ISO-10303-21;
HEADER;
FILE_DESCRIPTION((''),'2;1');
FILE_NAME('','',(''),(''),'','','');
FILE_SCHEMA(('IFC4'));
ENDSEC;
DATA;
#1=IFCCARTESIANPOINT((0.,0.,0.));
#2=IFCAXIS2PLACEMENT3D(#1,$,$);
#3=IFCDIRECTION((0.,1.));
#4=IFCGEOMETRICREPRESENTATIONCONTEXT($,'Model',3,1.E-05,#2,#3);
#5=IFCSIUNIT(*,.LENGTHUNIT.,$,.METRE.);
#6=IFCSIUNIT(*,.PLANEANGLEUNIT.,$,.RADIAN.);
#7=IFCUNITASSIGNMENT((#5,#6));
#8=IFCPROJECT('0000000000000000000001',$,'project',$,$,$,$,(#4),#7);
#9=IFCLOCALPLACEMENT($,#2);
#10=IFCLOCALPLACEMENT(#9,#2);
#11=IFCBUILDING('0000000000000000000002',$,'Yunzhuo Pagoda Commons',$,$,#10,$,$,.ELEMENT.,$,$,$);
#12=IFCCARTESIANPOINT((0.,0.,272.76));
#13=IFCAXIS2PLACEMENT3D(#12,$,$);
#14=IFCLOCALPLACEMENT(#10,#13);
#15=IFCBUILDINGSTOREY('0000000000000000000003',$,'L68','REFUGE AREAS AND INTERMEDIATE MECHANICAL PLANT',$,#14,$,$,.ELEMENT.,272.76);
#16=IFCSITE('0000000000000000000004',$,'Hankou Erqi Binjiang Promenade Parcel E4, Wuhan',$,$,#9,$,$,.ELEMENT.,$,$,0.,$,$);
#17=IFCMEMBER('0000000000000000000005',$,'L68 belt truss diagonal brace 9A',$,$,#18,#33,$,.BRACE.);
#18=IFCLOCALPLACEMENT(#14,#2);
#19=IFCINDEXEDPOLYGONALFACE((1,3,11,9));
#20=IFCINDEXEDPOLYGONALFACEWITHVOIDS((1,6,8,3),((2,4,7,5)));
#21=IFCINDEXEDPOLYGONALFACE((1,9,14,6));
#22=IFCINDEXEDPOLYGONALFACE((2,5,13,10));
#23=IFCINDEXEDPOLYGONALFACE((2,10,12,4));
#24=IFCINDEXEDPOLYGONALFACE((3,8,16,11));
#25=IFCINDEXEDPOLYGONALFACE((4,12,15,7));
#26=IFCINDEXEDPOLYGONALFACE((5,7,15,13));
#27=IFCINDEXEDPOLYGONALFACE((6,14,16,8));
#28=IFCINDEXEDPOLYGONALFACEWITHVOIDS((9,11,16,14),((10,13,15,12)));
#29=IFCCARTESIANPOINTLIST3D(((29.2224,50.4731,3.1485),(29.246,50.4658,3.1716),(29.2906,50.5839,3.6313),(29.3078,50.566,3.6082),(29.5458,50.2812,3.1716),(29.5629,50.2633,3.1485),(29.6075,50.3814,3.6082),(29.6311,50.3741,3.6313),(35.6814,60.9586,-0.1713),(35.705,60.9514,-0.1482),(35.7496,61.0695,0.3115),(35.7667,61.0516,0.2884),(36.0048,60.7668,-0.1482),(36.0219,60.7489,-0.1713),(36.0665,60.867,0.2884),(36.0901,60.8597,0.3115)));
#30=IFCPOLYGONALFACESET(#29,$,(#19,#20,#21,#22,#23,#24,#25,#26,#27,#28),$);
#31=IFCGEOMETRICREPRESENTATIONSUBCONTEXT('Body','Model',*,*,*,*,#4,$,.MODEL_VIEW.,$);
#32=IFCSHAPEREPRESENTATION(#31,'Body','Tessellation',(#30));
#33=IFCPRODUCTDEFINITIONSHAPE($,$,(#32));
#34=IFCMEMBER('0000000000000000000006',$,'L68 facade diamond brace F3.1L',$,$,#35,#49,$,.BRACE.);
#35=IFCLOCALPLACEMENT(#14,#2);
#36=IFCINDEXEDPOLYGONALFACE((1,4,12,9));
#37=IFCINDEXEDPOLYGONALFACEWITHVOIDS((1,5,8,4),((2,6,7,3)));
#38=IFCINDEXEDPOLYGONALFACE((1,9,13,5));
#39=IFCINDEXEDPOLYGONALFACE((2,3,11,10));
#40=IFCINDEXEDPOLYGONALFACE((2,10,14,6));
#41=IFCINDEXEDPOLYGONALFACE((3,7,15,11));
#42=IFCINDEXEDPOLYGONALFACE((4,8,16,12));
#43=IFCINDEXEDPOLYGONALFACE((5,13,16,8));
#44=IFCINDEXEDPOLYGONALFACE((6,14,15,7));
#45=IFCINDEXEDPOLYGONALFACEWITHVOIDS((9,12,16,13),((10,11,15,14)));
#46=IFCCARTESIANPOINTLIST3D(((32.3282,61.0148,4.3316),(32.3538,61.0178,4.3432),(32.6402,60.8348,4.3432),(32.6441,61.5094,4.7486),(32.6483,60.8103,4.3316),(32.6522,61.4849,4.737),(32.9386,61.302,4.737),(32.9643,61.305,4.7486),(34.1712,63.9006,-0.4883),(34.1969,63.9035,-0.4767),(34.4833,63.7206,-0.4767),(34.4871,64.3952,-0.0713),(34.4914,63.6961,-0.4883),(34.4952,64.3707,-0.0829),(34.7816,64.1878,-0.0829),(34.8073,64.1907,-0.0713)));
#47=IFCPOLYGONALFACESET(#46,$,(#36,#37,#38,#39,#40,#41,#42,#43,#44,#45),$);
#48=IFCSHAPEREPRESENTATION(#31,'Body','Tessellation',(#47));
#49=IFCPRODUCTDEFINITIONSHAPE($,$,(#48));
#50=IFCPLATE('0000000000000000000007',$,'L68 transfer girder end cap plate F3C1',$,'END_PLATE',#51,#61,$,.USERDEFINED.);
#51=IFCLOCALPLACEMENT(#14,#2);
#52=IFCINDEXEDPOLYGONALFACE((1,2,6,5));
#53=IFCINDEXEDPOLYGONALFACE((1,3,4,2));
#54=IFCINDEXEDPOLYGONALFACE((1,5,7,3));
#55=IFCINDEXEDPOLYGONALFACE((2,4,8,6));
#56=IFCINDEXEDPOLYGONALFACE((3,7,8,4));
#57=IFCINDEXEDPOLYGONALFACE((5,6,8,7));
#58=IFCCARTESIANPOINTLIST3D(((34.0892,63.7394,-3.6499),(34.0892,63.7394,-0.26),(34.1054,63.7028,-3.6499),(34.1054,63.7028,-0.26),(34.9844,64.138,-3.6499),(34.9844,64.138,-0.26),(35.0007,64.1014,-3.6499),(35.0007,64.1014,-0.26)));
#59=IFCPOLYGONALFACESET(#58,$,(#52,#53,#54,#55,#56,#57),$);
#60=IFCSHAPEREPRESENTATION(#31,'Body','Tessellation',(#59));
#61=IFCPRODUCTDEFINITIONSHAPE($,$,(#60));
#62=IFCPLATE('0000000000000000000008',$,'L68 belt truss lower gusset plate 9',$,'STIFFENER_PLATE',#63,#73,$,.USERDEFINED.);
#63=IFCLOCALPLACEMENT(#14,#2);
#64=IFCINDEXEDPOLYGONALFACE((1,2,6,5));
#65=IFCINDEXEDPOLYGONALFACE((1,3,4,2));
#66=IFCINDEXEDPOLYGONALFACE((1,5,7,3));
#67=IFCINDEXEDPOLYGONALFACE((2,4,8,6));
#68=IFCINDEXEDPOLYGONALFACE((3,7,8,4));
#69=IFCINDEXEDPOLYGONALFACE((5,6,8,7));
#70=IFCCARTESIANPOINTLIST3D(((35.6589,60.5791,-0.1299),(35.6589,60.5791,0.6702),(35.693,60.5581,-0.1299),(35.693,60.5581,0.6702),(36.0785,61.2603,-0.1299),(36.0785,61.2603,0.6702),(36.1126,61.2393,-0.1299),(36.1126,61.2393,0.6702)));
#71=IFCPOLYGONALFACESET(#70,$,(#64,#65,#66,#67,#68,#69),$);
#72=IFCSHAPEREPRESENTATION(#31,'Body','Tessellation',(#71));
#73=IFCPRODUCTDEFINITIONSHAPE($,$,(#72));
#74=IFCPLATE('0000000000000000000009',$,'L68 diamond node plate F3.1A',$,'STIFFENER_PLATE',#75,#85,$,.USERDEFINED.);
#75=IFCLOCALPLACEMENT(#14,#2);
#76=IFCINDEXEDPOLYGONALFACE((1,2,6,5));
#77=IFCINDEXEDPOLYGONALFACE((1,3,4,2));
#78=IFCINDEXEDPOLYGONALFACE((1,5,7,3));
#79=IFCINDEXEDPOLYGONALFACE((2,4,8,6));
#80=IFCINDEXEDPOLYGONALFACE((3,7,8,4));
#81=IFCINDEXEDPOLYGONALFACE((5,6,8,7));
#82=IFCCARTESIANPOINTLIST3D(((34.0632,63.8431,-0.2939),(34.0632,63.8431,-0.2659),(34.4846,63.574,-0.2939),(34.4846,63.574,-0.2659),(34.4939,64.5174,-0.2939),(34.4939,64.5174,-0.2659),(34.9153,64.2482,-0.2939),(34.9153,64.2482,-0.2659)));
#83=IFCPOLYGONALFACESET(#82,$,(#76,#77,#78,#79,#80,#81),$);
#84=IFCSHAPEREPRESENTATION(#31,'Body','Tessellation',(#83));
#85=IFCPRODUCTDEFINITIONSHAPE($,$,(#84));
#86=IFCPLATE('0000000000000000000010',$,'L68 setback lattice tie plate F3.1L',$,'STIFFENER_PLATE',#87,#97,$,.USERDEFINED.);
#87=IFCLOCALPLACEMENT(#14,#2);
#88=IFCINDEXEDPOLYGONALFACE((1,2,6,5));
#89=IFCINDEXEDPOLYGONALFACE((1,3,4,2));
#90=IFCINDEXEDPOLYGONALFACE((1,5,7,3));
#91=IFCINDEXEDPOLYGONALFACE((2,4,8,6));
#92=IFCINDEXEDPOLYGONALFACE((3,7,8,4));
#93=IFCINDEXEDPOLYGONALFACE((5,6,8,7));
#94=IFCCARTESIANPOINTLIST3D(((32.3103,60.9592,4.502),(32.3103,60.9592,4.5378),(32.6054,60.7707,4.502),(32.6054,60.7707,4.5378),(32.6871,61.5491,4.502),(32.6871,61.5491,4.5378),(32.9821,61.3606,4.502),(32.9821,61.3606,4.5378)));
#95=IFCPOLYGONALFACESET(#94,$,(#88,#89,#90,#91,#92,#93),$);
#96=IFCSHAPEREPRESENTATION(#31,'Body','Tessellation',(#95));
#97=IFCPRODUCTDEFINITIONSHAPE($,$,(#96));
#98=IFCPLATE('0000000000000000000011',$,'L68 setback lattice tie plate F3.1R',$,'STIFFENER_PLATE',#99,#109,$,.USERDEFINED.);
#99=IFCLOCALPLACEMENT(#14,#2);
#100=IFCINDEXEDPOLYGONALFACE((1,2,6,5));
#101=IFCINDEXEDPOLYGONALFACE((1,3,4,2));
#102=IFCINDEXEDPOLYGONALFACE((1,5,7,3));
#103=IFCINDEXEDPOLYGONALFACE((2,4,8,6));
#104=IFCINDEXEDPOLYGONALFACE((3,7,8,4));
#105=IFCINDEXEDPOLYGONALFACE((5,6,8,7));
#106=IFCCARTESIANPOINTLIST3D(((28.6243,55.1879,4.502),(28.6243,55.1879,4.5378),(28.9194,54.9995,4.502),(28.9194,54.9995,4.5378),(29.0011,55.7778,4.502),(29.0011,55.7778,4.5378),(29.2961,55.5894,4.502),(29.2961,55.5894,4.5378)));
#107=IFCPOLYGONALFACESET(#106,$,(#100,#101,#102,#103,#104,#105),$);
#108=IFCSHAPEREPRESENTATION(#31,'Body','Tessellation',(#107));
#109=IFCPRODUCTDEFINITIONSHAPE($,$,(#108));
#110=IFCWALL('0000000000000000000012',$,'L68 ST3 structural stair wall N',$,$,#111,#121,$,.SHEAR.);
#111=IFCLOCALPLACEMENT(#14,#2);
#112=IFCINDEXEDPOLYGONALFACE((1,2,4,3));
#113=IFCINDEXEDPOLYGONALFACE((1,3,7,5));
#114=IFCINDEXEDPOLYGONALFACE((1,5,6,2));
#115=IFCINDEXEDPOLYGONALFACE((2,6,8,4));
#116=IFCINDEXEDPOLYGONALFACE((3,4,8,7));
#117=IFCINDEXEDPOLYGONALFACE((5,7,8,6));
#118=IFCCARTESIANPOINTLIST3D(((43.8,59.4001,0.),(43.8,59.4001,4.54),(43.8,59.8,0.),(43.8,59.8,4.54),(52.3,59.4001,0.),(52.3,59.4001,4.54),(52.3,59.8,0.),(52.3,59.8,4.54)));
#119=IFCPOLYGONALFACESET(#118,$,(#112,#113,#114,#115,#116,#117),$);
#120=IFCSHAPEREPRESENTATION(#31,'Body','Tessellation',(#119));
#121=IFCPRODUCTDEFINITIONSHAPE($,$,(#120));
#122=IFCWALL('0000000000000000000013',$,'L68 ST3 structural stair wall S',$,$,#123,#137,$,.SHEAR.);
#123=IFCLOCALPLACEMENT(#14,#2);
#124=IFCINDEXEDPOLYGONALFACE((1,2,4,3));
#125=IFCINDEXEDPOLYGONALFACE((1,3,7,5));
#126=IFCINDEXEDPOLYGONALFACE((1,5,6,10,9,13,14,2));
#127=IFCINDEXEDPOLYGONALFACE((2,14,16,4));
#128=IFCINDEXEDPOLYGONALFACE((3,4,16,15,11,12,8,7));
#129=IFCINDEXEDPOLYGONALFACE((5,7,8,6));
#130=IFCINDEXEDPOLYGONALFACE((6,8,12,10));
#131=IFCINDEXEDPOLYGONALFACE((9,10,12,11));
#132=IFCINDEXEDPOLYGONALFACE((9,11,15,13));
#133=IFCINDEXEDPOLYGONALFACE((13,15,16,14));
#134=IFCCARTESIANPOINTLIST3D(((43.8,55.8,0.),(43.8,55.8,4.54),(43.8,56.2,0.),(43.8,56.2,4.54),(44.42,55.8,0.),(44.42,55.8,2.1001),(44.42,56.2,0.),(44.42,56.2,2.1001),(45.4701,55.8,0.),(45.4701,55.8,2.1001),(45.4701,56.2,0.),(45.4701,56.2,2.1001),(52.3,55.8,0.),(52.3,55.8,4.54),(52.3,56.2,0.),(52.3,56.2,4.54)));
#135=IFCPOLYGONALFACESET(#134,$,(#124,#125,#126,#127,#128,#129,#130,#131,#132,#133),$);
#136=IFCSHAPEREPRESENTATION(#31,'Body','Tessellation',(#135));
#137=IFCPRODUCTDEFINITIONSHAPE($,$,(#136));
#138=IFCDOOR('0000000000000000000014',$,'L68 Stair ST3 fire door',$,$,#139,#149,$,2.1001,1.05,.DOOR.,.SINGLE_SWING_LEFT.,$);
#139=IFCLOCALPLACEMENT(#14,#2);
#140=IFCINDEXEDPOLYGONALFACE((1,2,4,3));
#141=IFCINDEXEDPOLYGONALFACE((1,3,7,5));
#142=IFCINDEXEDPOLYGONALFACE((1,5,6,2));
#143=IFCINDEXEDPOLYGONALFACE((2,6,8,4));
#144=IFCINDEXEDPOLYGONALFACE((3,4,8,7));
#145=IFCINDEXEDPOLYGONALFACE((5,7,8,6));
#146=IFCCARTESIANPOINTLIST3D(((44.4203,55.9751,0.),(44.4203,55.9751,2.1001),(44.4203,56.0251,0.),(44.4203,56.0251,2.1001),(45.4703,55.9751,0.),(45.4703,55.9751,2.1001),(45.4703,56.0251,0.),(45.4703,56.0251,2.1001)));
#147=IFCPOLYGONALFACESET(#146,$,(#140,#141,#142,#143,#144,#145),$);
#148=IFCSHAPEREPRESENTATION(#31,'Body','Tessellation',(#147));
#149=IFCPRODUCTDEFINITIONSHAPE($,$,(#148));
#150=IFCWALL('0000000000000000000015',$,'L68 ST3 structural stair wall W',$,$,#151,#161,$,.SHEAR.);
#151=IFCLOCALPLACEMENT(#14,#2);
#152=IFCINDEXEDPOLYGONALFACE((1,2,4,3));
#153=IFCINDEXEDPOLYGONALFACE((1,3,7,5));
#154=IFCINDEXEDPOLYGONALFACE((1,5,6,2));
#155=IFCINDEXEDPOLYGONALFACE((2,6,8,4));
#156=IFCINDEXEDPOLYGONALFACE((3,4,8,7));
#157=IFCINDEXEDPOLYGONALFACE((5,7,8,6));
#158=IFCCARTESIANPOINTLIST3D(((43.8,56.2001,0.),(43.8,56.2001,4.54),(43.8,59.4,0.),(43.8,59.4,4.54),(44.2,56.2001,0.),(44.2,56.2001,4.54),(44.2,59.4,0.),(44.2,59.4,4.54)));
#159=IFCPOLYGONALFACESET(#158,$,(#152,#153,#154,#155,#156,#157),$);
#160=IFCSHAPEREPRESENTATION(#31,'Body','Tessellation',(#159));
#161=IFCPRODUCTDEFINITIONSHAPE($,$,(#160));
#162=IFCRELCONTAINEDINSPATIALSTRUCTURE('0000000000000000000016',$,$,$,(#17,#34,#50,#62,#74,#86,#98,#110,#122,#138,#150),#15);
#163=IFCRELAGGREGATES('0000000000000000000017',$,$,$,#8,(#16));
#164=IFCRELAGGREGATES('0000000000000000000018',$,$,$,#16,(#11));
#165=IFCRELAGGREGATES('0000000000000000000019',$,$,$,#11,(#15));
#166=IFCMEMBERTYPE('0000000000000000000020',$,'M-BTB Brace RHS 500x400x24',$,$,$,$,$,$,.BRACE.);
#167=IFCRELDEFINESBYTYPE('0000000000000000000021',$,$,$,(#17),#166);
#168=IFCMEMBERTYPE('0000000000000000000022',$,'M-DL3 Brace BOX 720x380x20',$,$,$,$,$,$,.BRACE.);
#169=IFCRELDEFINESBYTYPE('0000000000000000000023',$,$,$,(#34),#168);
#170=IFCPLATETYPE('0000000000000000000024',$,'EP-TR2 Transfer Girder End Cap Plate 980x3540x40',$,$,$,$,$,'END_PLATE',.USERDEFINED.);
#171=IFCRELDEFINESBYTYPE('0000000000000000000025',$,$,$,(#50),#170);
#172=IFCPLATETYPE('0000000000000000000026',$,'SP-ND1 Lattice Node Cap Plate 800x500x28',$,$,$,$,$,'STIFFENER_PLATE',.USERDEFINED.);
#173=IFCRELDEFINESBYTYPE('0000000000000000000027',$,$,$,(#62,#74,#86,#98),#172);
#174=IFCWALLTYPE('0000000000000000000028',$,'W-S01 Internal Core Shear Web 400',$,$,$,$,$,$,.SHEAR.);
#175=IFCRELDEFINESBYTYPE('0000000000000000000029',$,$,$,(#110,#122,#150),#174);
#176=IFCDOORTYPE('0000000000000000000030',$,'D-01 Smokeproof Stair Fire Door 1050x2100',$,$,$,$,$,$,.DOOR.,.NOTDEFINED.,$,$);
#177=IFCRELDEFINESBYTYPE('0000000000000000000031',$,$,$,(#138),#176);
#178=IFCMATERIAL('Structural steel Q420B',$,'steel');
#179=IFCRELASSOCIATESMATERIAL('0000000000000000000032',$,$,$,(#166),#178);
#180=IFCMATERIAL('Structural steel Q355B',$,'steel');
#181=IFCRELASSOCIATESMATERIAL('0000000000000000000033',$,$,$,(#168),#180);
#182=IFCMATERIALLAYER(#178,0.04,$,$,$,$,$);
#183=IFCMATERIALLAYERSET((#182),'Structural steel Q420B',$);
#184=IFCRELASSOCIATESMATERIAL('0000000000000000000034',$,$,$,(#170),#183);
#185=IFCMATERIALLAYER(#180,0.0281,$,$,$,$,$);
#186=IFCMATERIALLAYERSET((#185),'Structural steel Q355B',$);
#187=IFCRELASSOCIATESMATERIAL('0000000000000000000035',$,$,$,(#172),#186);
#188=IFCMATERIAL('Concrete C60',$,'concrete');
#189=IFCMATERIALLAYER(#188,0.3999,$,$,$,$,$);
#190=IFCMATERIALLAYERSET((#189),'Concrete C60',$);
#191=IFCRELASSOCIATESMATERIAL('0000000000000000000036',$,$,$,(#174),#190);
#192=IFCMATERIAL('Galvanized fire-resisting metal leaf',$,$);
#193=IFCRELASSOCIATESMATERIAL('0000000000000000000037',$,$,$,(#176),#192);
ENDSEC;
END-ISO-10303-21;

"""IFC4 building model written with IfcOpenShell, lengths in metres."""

from ifc_helpers import new_model, si_unit, direction, frame, frame_2d, origin, origin_2d, place, context, subcontext, project, spatial, rectangle, hollow_rectangle, extrude, source, transform, mapped, material, layer, layer_set, material_profile, profile_set, type_object, element, fill, save


model = new_model("IFC4")

# Units and contexts
model_context = context("Model", 3, precision=1e-05, world=origin(), true_north=direction((0.0, 1.0)))
body_context = subcontext(model_context, "Body", "Model", "MODEL_VIEW")
ifc_project = project(units=[si_unit("LENGTHUNIT", "METRE"), si_unit("PLANEANGLEUNIT", "RADIAN")], contexts=[model_context])

# Site, building, storey
site_placement = place(None, origin())
site = spatial("IfcSite", under=ifc_project, at=site_placement, Name="Hankou Erqi Binjiang Promenade Parcel E4, Wuhan", CompositionType="ELEMENT", RefElevation=0.0)
building_placement = place(site_placement, origin())
building = spatial("IfcBuilding", under=site, at=building_placement, Name="Yunzhuo Pagoda Commons", CompositionType="ELEMENT")
storey_placement = place(building_placement, frame((0.0, 0.0, 272.76)))
storey = spatial("IfcBuildingStorey", under=building, at=storey_placement, Name="L68", Description="REFUGE AREAS AND INTERMEDIATE MECHANICAL PLANT", CompositionType="ELEMENT", Elevation=272.76)

# Shared definitions
ifc_material_1 = material(Name="Structural steel Q355B", Category="steel")

# Shared definitions
ifc_material_2 = material(Name="Structural steel Q420B", Category="steel")

# Members
ifc_material_profile_1 = material_profile(ifc_material_2, hollow_rectangle(XDim=0.3999, YDim=0.5, WallThickness=0.0239, at=origin_2d()), Name="Structural steel Q420B")
ifc_profile_set_1 = profile_set([ifc_material_profile_1], Name="Structural steel Q420B")
member_type_1 = type_object("IfcMemberType", Name="M-BTB Brace RHS 500x400x24", PredefinedType="BRACE", material=ifc_profile_set_1)
shared_shape_1 = source(origin(), body_context, "Body", "SweptSolid", [
    extrude(hollow_rectangle(XDim=0.3999, YDim=0.5, WallThickness=0.0239, at=origin_2d()), origin(), (0.0, 0.0, 1.0), 12.7549),
])
member_1_placement = place(storey_placement, frame((35.8857, 60.9092, 0.0701), z_axis=(-0.506392, -0.822084, 0.260278), x_axis=(0.85143, -0.524469, 0.0)))
element("IfcMember", 1, at=member_1_placement, inside=storey, type_object=member_type_1, Name="L68 belt truss diagonal brace 9A", PredefinedType="BRACE", context=body_context, shape_type="MappedRepresentation", body=[
    mapped(shared_shape_1, transform((0.0, 0.0, 0.0), scale=1.0)),
])
ifc_material_profile_2 = material_profile(ifc_material_1, hollow_rectangle(XDim=0.3799, YDim=0.72, WallThickness=0.02, at=origin_2d()), Name="Structural steel Q355B")
ifc_profile_set_2 = profile_set([ifc_material_profile_2], Name="Structural steel Q355B")
member_type_2 = type_object("IfcMemberType", Name="M-DL3 Brace BOX 720x380x20", PredefinedType="BRACE", material=ifc_profile_set_2)
shared_shape_2 = source(origin(), body_context, "Body", "SweptSolid", [
    extrude(hollow_rectangle(XDim=0.3799, YDim=0.72, WallThickness=0.02, at=origin_2d()), origin(), (0.0, 0.0, 1.0), 5.9124),
])
member_2_placement = place(storey_placement, frame((34.4893, 64.0457, -0.2798), z_axis=(-0.311728, -0.488094, 0.815224), x_axis=(0.842783, -0.538254, 0.0)))
element("IfcMember", 2, at=member_2_placement, inside=storey, type_object=member_type_2, Name="L68 facade diamond brace F3.1L", PredefinedType="BRACE", context=body_context, shape_type="MappedRepresentation", body=[
    mapped(shared_shape_2, transform((0.0, 0.0, 0.0), scale=1.0)),
])

# Plates
ifc_layer_1 = layer(ifc_material_2, 0.04)
ifc_layer_set_1 = layer_set([ifc_layer_1], Name="Structural steel Q420B")
plate_type_1 = type_object("IfcPlateType", Name="EP-TR2 Transfer Girder End Cap Plate 980x3540x40", ElementType="END_PLATE", PredefinedType="USERDEFINED", material=ifc_layer_set_1)
shared_shape_3 = source(origin(), body_context, "Body", "SweptSolid", [
    extrude(rectangle(XDim=0.98, YDim=0.04, at=origin_2d()), origin(), (0.0, 0.0, 1.0), 3.3899),
])
plate_1_placement = place(storey_placement, frame((34.5449, 63.9204, -3.6499), z_axis=(0.0, 0.0, 1.0), x_axis=(-0.913545, -0.406737, 0.0)))
element("IfcPlate", 3, at=plate_1_placement, inside=storey, type_object=plate_type_1, Name="L68 transfer girder end cap plate F3C1", ObjectType="END_PLATE", PredefinedType="USERDEFINED", context=body_context, shape_type="MappedRepresentation", body=[
    mapped(shared_shape_3, transform((0.0, 0.0, 0.0), scale=1.0)),
])
ifc_layer_2 = layer(ifc_material_1, 0.0281)
ifc_layer_set_2 = layer_set([ifc_layer_2], Name="Structural steel Q355B")
plate_type_2 = type_object("IfcPlateType", Name="SP-ND1 Lattice Node Cap Plate 800x500x28", ElementType="STIFFENER_PLATE", PredefinedType="USERDEFINED", material=ifc_layer_set_2)
shared_shape_4 = source(origin(), body_context, "Body", "SweptSolid", [
    extrude(rectangle(XDim=0.8, YDim=0.04, at=origin_2d()), origin(), (0.0, 0.0, 1.0), 0.8),
])
plate_2_placement = place(storey_placement, frame((35.8857, 60.9092, -0.1299), z_axis=(0.0, 0.0, 1.0), x_axis=(-0.524462, -0.851434, 0.0)))
element("IfcPlate", 4, at=plate_2_placement, inside=storey, type_object=plate_type_2, Name="L68 belt truss lower gusset plate 9", ObjectType="STIFFENER_PLATE", PredefinedType="USERDEFINED", context=body_context, shape_type="MappedRepresentation", body=[
    mapped(shared_shape_4, transform((0.0, 0.0, 0.0), scale=1.0)),
])
shared_shape_5 = source(origin(), body_context, "Body", "SweptSolid", [
    extrude(rectangle(XDim=0.8, YDim=0.5, at=origin_2d()), origin(), (0.0, 0.0, 1.0), 0.0281),
])
plate_3_placement = place(storey_placement, frame((34.4893, 64.0457, -0.2939), z_axis=(0.0, 0.0, 1.0), x_axis=(-0.538256, -0.842781, 0.0)))
element("IfcPlate", 5, at=plate_3_placement, inside=storey, type_object=plate_type_2, Name="L68 diamond node plate F3.1A", ObjectType="STIFFENER_PLATE", PredefinedType="USERDEFINED", context=body_context, shape_type="MappedRepresentation", body=[
    mapped(shared_shape_5, transform((0.0, 0.0, 0.0), scale=1.0)),
])
shared_shape_6 = source(origin(), body_context, "Body", "SweptSolid", [
    extrude(rectangle(XDim=0.7, YDim=0.3501, at=origin_2d()), origin(), (0.0, 0.0, 1.0), 0.0359),
])
for number, where, z_axis, x_axis, name in (
    (6, (32.6462, 61.1599, 4.502), (0.0, 0.0, 1.0), (-0.538256, -0.842781, 0.0), "L68 setback lattice tie plate F3.1L"),
    (7, (28.9602, 55.3887, 4.502), (0.0, 0.0, 1.0), (-0.538256, -0.842781, 0.0), "L68 setback lattice tie plate F3.1R"),
):
    element("IfcPlate", number, at=place(storey_placement, frame(where, z_axis=z_axis, x_axis=x_axis)), inside=storey, type_object=plate_type_2, Name=name, ObjectType="STIFFENER_PLATE", PredefinedType="USERDEFINED", context=body_context, shape_type="MappedRepresentation", body=[
        mapped(shared_shape_6, transform((0.0, 0.0, 0.0), scale=1.0)),
    ])

# Wall
ifc_material_3 = material(Name="Concrete C60", Category="concrete")
ifc_layer_3 = layer(ifc_material_3, 0.3999)
ifc_layer_set_3 = layer_set([ifc_layer_3], Name="Concrete C60")
wall_type = type_object("IfcWallType", Name="W-S01 Internal Core Shear Web 400", PredefinedType="SHEAR", material=ifc_layer_set_3)
wall_1_placement = place(storey_placement, frame((43.8, 59.6001, 0.0), z_axis=(0.0, 0.0, 1.0), x_axis=(1.0, 0.0, 0.0)))
element("IfcWall", 8, at=wall_1_placement, inside=storey, type_object=wall_type, Name="L68 ST3 structural stair wall N", PredefinedType="SHEAR", context=body_context, shape_type="SweptSolid", body=[
    extrude(rectangle(XDim=8.5, YDim=0.3999, at=frame_2d((4.25, 0.0))), origin(), (0.0, 0.0, 1.0), 4.54),
])

# Wall, opening, door
wall_2_placement = place(storey_placement, frame((43.8, 56.0, 0.0), z_axis=(0.0, 0.0, 1.0), x_axis=(1.0, 0.0, 0.0)))
wall_2 = element("IfcWall", 9, at=wall_2_placement, inside=storey, type_object=wall_type, Name="L68 ST3 structural stair wall S", PredefinedType="SHEAR", context=body_context, shape_type="SweptSolid", body=[
    extrude(rectangle(XDim=8.5, YDim=0.3999, at=frame_2d((4.25, 0.0))), origin(), (0.0, 0.0, 1.0), 4.54),
])
opening_placement = place(wall_2_placement, frame((0.6201, 0.0, 0.0)))
opening = element("IfcOpeningElement", 10, at=opening_placement, cuts=wall_2, PredefinedType="OPENING", context=body_context, shape_type="SweptSolid", body=[
    extrude(rectangle(XDim=1.05, YDim=2.1001, at=frame_2d((0.5249, 1.05))), frame((0.0, 0.21, 0.0), z_axis=(0.0, -1.0, 0.0), x_axis=(1.0, 0.0, 0.0)), (0.0, 0.0, 1.0), 0.4199),
])
ifc_material_4 = material(Name="Galvanized fire-resisting metal leaf")
door_type = type_object("IfcDoorType", Name="D-01 Smokeproof Stair Fire Door 1050x2100", OperationType="NOTDEFINED", PredefinedType="DOOR", material=ifc_material_4)
shared_shape_7 = source(origin(), body_context, "Body", "SweptSolid", [
    extrude(rectangle(XDim=1.05, YDim=2.1001, at=frame_2d((0.5249, 1.05))), frame((0.0, 0.0249, 0.0), z_axis=(0.0, -1.0, 0.0), x_axis=(1.0, 0.0, 0.0)), (0.0, 0.0, 1.0), 0.05),
])
door_placement = place(opening_placement, frame((1.05, 0.0, 0.0), z_axis=(0.0, 0.0, 1.0), x_axis=(-1.0, 0.0, 0.0)))
door = element("IfcDoor", 11, at=door_placement, inside=storey, type_object=door_type, Name="L68 Stair ST3 fire door", OperationType="SINGLE_SWING_LEFT", OverallHeight=2.1001, OverallWidth=1.05, PredefinedType="DOOR", context=body_context, shape_type="MappedRepresentation", body=[
    mapped(shared_shape_7, transform((0.0, 0.0, 0.0), scale=1.0)),
])
fill(opening, door)

# Wall
wall_3_placement = place(storey_placement, frame((44.0, 56.2, 0.0), z_axis=(0.0, 0.0, 1.0), x_axis=(0.0, 1.0, 0.0)))
element("IfcWall", 12, at=wall_3_placement, inside=storey, type_object=wall_type, Name="L68 ST3 structural stair wall W", PredefinedType="SHEAR", context=body_context, shape_type="SweptSolid", body=[
    extrude(rectangle(XDim=3.2, YDim=0.3999, at=frame_2d((1.6001, 0.0))), origin(), (0.0, 0.0, 1.0), 4.54),
])

save(model, "model.ifc")
